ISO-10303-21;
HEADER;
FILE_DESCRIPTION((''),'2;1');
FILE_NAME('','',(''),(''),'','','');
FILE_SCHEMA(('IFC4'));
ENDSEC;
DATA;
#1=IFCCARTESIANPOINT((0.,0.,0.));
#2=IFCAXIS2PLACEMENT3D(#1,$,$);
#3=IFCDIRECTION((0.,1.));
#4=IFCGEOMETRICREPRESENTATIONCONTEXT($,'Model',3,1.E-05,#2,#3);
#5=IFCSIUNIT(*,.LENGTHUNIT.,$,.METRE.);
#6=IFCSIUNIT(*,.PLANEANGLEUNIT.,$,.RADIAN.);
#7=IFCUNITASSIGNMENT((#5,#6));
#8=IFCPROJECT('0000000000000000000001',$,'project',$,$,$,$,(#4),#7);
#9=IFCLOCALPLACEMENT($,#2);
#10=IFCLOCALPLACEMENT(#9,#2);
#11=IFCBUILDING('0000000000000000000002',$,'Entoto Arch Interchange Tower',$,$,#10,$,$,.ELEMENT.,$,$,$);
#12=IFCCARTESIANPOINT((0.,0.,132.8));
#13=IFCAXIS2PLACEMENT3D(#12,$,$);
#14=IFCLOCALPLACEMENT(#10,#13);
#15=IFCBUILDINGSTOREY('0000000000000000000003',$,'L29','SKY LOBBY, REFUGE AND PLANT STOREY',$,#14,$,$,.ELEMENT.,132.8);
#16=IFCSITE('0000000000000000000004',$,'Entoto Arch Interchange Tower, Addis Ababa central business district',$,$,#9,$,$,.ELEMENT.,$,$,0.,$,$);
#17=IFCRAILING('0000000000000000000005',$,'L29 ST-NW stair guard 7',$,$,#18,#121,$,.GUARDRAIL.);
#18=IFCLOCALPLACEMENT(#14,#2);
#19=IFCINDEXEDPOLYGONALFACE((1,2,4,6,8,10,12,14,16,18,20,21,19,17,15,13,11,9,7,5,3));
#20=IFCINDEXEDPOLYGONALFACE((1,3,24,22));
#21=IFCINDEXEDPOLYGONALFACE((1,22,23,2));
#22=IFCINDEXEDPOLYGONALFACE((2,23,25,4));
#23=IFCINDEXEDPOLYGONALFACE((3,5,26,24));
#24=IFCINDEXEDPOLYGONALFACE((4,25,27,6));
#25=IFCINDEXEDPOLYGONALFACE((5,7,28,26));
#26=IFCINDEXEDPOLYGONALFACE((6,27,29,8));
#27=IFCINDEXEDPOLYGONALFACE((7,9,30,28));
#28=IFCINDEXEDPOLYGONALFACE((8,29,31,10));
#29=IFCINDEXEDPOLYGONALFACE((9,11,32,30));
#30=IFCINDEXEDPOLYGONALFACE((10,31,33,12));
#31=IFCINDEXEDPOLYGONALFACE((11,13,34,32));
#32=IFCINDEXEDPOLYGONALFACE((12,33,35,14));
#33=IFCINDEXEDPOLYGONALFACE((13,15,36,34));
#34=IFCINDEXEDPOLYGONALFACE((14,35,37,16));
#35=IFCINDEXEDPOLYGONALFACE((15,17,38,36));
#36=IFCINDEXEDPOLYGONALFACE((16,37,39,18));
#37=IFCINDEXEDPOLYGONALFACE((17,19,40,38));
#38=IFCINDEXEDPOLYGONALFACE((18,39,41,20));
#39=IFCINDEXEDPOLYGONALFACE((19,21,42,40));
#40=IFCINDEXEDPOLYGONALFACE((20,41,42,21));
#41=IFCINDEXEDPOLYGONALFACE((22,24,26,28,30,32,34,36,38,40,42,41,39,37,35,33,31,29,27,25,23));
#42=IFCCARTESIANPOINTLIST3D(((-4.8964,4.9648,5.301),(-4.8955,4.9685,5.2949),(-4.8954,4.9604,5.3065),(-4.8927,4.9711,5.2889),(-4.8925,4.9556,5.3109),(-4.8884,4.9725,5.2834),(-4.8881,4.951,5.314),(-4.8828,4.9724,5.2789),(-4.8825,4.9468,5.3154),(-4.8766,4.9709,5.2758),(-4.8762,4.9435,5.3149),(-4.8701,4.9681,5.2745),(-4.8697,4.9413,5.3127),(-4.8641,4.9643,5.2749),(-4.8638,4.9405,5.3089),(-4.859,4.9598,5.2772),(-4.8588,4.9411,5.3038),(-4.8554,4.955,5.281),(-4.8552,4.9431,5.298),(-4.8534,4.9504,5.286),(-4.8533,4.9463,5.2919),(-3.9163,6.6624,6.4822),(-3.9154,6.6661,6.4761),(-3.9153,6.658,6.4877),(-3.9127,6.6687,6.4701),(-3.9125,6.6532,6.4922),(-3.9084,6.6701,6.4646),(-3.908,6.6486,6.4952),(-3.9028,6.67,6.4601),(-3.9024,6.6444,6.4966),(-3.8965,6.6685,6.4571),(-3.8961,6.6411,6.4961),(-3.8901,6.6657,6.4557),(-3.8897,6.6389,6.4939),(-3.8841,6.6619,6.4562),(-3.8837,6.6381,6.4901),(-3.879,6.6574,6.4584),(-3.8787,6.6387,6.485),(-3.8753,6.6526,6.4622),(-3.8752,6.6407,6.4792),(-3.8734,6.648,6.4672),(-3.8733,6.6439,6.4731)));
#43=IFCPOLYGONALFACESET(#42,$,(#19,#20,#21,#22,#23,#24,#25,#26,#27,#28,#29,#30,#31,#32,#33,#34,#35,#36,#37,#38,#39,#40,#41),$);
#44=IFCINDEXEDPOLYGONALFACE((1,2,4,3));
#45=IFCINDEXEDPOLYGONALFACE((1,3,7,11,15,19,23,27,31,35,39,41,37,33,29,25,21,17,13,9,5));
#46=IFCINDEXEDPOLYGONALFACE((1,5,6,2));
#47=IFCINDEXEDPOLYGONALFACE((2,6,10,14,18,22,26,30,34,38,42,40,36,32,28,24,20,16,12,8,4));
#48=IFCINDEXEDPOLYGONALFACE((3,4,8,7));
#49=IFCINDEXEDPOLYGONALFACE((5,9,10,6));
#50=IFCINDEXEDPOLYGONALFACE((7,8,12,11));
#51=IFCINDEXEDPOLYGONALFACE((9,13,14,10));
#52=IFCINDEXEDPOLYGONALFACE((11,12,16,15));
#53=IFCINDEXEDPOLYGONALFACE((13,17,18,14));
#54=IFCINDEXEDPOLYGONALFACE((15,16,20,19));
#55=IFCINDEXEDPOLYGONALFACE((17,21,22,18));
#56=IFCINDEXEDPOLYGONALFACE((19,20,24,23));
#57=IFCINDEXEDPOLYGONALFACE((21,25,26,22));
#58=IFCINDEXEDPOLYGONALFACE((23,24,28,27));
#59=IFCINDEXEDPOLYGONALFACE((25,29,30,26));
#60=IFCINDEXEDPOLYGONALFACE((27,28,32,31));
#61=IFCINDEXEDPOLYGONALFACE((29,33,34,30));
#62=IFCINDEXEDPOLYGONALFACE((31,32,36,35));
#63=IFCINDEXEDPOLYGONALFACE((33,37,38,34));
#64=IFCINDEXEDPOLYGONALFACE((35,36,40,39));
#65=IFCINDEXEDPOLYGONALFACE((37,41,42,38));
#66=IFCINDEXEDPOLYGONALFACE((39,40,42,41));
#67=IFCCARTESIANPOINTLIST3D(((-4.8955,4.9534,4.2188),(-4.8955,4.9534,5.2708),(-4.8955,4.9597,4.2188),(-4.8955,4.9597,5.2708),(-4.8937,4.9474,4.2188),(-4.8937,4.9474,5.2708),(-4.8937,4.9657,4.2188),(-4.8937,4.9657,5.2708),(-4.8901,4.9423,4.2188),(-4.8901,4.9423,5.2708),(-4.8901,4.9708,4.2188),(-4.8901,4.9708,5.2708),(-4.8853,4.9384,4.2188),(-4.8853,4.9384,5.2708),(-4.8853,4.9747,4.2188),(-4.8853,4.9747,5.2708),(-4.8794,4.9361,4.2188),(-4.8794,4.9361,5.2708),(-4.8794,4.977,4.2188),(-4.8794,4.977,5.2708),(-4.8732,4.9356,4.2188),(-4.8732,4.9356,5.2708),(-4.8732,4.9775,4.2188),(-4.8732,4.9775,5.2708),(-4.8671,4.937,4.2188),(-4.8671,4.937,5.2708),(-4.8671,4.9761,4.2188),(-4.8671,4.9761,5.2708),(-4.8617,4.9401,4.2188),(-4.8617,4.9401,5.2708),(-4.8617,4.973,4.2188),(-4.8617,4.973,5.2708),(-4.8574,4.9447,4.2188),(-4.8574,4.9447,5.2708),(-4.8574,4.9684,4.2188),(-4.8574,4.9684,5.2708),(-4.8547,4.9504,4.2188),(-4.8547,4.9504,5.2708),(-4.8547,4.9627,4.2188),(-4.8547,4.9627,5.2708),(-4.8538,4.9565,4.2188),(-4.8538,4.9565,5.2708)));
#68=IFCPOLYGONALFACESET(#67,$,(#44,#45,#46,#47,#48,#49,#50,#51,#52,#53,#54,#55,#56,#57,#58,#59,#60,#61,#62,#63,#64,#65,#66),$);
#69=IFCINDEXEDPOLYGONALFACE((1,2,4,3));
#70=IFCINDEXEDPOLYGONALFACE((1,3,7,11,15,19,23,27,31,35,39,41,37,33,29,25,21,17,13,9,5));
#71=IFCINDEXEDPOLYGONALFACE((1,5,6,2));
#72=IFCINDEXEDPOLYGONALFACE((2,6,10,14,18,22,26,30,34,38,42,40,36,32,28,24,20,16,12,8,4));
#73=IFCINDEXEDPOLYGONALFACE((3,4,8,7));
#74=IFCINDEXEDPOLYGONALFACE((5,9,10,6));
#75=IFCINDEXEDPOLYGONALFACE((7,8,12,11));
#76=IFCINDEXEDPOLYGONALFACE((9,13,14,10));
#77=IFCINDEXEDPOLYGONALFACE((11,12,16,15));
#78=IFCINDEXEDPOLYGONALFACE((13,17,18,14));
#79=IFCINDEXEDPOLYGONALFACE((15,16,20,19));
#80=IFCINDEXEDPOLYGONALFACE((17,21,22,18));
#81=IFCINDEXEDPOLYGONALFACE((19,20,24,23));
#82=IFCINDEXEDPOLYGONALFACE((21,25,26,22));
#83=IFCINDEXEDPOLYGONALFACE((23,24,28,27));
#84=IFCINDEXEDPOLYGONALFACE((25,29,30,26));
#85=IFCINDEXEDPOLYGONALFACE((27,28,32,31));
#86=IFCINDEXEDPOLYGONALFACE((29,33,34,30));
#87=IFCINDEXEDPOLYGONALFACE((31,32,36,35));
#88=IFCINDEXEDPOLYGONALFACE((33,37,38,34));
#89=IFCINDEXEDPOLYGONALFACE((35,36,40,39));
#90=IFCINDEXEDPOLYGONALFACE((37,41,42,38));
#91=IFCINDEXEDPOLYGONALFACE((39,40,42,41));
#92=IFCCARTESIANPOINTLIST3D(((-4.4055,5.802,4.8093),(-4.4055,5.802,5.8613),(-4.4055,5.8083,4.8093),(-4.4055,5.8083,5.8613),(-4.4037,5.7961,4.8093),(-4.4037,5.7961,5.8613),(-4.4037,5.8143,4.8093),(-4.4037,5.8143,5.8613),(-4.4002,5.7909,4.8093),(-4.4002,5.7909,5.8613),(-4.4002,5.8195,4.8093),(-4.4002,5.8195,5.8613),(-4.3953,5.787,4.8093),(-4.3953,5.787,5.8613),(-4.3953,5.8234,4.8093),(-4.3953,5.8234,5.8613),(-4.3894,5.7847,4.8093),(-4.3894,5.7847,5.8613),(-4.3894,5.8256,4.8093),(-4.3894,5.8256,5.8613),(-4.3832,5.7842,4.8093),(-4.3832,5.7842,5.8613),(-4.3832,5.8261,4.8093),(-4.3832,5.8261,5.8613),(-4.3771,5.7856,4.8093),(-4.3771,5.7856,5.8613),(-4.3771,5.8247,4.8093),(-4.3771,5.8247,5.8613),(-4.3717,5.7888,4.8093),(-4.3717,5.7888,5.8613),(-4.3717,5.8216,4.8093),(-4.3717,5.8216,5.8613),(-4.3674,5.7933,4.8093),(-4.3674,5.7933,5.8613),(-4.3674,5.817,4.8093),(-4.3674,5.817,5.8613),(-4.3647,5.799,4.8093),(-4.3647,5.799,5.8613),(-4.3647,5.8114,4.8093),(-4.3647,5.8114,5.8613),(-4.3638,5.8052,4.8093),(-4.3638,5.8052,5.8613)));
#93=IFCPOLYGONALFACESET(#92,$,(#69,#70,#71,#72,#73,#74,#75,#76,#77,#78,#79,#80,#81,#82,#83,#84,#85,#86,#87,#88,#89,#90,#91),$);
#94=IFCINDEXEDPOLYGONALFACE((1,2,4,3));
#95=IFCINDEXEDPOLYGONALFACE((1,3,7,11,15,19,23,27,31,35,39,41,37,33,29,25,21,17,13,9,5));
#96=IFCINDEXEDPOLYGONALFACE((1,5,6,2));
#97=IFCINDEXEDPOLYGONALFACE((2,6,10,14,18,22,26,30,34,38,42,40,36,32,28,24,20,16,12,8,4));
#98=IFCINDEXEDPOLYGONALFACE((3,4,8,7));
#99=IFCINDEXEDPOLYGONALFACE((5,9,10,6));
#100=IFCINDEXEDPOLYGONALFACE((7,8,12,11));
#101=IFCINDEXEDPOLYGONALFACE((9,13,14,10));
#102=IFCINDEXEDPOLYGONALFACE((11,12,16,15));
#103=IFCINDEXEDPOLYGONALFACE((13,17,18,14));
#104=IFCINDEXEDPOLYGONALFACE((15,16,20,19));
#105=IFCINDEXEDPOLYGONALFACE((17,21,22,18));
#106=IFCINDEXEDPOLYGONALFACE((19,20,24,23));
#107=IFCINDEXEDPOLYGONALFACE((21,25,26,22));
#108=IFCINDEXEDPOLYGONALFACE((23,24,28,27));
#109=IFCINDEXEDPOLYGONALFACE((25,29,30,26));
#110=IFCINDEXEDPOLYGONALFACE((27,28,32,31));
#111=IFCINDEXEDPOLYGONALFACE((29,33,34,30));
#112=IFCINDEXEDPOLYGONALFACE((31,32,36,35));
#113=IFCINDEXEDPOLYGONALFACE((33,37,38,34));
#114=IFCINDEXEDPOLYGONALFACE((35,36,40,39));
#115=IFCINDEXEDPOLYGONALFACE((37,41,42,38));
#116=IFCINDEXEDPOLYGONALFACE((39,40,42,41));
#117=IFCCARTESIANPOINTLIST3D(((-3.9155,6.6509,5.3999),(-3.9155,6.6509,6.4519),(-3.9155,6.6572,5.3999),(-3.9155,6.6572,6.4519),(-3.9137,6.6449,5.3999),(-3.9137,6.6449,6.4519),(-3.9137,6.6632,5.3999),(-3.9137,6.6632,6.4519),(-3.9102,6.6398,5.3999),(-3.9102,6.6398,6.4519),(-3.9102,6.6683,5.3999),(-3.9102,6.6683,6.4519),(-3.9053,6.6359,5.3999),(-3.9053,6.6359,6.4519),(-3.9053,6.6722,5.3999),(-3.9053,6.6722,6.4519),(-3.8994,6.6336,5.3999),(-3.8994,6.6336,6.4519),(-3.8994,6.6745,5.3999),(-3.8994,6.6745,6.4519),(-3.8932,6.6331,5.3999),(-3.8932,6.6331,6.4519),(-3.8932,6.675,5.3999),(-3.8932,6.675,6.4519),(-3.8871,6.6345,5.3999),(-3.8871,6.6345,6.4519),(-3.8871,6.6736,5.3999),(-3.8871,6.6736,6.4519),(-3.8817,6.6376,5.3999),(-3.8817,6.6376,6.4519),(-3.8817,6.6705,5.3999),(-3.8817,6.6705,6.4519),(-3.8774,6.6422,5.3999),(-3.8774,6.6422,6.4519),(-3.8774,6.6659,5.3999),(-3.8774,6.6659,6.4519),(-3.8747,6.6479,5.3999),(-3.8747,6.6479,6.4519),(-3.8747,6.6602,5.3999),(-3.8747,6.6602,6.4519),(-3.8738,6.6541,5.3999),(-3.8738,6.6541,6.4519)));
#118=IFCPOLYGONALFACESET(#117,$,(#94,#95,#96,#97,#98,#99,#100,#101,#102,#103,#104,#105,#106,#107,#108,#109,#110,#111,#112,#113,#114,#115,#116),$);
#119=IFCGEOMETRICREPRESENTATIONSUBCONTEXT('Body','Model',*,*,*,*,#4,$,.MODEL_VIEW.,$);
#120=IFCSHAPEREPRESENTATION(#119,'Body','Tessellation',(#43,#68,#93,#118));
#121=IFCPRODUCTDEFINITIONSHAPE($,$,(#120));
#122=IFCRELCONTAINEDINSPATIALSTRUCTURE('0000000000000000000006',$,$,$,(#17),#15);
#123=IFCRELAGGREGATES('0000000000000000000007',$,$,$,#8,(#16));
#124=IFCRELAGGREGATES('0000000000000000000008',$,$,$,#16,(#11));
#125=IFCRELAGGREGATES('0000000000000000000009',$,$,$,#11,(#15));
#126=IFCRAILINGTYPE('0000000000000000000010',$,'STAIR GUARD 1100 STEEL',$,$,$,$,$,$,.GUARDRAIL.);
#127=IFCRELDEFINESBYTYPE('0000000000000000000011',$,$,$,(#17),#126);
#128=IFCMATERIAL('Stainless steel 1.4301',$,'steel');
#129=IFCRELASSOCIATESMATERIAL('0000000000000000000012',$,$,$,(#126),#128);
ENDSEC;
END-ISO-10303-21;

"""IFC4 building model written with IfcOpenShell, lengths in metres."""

from ifc_helpers import new_model, si_unit, direction, frame, origin, origin_2d, place, context, subcontext, project, spatial, circle, extrude, material, type_object, element, save


model = new_model("IFC4")

# Units and contexts
model_context = context("Model", 3, precision=1e-05, world=origin(), true_north=direction((0.0, 1.0)))
body_context = subcontext(model_context, "Body", "Model", "MODEL_VIEW")
ifc_project = project(units=[si_unit("LENGTHUNIT", "METRE"), si_unit("PLANEANGLEUNIT", "RADIAN")], contexts=[model_context])

# Site, building, storey
site_placement = place(None, origin())
site = spatial("IfcSite", under=ifc_project, at=site_placement, Name="Entoto Arch Interchange Tower, Addis Ababa central business district", CompositionType="ELEMENT", RefElevation=0.0)
building_placement = place(site_placement, origin())
building = spatial("IfcBuilding", under=site, at=building_placement, Name="Entoto Arch Interchange Tower", CompositionType="ELEMENT")
storey_placement = place(building_placement, frame((0.0, 0.0, 132.8)))
storey = spatial("IfcBuildingStorey", under=building, at=storey_placement, Name="L29", Description="SKY LOBBY, REFUGE AND PLANT STOREY", CompositionType="ELEMENT", Elevation=132.8)

# Railing
ifc_material_1 = material(Name="Stainless steel 1.4301", Category="steel")
railing_type_1 = type_object("IfcRailingType", Name="STAIR GUARD 1100 STEEL", PredefinedType="GUARDRAIL", material=ifc_material_1)
railing_1_placement = place(storey_placement, frame((-4.8748, 4.9565, 4.2188)))
element("IfcRailing", 1, at=railing_1_placement, inside=storey, type_object=railing_type_1, Name="L29 ST-NW stair guard 7", PredefinedType="GUARDRAIL", context=body_context, shape_type="SweptSolid", body=[
    extrude(circle(Radius=0.0239, at=origin_2d()), frame((0.0, 0.0, 1.0762), z_axis=(0.428228, 0.741771, 0.516135), x_axis=(-0.866042, 0.49997, 0.0)), (0.0, 0.0, 1.0), 2.2886),
    extrude(circle(Radius=0.021, at=origin_2d()), origin(), (0.0, 0.0, 1.0), 1.052),
    extrude(circle(Radius=0.021, at=origin_2d()), frame((0.49, 0.8486, 0.5906)), (0.0, 0.0, 1.0), 1.052),
    extrude(circle(Radius=0.021, at=origin_2d()), frame((0.98, 1.6975, 1.1812)), (0.0, 0.0, 1.0), 1.052),
])

save(model, "model.ifc")
